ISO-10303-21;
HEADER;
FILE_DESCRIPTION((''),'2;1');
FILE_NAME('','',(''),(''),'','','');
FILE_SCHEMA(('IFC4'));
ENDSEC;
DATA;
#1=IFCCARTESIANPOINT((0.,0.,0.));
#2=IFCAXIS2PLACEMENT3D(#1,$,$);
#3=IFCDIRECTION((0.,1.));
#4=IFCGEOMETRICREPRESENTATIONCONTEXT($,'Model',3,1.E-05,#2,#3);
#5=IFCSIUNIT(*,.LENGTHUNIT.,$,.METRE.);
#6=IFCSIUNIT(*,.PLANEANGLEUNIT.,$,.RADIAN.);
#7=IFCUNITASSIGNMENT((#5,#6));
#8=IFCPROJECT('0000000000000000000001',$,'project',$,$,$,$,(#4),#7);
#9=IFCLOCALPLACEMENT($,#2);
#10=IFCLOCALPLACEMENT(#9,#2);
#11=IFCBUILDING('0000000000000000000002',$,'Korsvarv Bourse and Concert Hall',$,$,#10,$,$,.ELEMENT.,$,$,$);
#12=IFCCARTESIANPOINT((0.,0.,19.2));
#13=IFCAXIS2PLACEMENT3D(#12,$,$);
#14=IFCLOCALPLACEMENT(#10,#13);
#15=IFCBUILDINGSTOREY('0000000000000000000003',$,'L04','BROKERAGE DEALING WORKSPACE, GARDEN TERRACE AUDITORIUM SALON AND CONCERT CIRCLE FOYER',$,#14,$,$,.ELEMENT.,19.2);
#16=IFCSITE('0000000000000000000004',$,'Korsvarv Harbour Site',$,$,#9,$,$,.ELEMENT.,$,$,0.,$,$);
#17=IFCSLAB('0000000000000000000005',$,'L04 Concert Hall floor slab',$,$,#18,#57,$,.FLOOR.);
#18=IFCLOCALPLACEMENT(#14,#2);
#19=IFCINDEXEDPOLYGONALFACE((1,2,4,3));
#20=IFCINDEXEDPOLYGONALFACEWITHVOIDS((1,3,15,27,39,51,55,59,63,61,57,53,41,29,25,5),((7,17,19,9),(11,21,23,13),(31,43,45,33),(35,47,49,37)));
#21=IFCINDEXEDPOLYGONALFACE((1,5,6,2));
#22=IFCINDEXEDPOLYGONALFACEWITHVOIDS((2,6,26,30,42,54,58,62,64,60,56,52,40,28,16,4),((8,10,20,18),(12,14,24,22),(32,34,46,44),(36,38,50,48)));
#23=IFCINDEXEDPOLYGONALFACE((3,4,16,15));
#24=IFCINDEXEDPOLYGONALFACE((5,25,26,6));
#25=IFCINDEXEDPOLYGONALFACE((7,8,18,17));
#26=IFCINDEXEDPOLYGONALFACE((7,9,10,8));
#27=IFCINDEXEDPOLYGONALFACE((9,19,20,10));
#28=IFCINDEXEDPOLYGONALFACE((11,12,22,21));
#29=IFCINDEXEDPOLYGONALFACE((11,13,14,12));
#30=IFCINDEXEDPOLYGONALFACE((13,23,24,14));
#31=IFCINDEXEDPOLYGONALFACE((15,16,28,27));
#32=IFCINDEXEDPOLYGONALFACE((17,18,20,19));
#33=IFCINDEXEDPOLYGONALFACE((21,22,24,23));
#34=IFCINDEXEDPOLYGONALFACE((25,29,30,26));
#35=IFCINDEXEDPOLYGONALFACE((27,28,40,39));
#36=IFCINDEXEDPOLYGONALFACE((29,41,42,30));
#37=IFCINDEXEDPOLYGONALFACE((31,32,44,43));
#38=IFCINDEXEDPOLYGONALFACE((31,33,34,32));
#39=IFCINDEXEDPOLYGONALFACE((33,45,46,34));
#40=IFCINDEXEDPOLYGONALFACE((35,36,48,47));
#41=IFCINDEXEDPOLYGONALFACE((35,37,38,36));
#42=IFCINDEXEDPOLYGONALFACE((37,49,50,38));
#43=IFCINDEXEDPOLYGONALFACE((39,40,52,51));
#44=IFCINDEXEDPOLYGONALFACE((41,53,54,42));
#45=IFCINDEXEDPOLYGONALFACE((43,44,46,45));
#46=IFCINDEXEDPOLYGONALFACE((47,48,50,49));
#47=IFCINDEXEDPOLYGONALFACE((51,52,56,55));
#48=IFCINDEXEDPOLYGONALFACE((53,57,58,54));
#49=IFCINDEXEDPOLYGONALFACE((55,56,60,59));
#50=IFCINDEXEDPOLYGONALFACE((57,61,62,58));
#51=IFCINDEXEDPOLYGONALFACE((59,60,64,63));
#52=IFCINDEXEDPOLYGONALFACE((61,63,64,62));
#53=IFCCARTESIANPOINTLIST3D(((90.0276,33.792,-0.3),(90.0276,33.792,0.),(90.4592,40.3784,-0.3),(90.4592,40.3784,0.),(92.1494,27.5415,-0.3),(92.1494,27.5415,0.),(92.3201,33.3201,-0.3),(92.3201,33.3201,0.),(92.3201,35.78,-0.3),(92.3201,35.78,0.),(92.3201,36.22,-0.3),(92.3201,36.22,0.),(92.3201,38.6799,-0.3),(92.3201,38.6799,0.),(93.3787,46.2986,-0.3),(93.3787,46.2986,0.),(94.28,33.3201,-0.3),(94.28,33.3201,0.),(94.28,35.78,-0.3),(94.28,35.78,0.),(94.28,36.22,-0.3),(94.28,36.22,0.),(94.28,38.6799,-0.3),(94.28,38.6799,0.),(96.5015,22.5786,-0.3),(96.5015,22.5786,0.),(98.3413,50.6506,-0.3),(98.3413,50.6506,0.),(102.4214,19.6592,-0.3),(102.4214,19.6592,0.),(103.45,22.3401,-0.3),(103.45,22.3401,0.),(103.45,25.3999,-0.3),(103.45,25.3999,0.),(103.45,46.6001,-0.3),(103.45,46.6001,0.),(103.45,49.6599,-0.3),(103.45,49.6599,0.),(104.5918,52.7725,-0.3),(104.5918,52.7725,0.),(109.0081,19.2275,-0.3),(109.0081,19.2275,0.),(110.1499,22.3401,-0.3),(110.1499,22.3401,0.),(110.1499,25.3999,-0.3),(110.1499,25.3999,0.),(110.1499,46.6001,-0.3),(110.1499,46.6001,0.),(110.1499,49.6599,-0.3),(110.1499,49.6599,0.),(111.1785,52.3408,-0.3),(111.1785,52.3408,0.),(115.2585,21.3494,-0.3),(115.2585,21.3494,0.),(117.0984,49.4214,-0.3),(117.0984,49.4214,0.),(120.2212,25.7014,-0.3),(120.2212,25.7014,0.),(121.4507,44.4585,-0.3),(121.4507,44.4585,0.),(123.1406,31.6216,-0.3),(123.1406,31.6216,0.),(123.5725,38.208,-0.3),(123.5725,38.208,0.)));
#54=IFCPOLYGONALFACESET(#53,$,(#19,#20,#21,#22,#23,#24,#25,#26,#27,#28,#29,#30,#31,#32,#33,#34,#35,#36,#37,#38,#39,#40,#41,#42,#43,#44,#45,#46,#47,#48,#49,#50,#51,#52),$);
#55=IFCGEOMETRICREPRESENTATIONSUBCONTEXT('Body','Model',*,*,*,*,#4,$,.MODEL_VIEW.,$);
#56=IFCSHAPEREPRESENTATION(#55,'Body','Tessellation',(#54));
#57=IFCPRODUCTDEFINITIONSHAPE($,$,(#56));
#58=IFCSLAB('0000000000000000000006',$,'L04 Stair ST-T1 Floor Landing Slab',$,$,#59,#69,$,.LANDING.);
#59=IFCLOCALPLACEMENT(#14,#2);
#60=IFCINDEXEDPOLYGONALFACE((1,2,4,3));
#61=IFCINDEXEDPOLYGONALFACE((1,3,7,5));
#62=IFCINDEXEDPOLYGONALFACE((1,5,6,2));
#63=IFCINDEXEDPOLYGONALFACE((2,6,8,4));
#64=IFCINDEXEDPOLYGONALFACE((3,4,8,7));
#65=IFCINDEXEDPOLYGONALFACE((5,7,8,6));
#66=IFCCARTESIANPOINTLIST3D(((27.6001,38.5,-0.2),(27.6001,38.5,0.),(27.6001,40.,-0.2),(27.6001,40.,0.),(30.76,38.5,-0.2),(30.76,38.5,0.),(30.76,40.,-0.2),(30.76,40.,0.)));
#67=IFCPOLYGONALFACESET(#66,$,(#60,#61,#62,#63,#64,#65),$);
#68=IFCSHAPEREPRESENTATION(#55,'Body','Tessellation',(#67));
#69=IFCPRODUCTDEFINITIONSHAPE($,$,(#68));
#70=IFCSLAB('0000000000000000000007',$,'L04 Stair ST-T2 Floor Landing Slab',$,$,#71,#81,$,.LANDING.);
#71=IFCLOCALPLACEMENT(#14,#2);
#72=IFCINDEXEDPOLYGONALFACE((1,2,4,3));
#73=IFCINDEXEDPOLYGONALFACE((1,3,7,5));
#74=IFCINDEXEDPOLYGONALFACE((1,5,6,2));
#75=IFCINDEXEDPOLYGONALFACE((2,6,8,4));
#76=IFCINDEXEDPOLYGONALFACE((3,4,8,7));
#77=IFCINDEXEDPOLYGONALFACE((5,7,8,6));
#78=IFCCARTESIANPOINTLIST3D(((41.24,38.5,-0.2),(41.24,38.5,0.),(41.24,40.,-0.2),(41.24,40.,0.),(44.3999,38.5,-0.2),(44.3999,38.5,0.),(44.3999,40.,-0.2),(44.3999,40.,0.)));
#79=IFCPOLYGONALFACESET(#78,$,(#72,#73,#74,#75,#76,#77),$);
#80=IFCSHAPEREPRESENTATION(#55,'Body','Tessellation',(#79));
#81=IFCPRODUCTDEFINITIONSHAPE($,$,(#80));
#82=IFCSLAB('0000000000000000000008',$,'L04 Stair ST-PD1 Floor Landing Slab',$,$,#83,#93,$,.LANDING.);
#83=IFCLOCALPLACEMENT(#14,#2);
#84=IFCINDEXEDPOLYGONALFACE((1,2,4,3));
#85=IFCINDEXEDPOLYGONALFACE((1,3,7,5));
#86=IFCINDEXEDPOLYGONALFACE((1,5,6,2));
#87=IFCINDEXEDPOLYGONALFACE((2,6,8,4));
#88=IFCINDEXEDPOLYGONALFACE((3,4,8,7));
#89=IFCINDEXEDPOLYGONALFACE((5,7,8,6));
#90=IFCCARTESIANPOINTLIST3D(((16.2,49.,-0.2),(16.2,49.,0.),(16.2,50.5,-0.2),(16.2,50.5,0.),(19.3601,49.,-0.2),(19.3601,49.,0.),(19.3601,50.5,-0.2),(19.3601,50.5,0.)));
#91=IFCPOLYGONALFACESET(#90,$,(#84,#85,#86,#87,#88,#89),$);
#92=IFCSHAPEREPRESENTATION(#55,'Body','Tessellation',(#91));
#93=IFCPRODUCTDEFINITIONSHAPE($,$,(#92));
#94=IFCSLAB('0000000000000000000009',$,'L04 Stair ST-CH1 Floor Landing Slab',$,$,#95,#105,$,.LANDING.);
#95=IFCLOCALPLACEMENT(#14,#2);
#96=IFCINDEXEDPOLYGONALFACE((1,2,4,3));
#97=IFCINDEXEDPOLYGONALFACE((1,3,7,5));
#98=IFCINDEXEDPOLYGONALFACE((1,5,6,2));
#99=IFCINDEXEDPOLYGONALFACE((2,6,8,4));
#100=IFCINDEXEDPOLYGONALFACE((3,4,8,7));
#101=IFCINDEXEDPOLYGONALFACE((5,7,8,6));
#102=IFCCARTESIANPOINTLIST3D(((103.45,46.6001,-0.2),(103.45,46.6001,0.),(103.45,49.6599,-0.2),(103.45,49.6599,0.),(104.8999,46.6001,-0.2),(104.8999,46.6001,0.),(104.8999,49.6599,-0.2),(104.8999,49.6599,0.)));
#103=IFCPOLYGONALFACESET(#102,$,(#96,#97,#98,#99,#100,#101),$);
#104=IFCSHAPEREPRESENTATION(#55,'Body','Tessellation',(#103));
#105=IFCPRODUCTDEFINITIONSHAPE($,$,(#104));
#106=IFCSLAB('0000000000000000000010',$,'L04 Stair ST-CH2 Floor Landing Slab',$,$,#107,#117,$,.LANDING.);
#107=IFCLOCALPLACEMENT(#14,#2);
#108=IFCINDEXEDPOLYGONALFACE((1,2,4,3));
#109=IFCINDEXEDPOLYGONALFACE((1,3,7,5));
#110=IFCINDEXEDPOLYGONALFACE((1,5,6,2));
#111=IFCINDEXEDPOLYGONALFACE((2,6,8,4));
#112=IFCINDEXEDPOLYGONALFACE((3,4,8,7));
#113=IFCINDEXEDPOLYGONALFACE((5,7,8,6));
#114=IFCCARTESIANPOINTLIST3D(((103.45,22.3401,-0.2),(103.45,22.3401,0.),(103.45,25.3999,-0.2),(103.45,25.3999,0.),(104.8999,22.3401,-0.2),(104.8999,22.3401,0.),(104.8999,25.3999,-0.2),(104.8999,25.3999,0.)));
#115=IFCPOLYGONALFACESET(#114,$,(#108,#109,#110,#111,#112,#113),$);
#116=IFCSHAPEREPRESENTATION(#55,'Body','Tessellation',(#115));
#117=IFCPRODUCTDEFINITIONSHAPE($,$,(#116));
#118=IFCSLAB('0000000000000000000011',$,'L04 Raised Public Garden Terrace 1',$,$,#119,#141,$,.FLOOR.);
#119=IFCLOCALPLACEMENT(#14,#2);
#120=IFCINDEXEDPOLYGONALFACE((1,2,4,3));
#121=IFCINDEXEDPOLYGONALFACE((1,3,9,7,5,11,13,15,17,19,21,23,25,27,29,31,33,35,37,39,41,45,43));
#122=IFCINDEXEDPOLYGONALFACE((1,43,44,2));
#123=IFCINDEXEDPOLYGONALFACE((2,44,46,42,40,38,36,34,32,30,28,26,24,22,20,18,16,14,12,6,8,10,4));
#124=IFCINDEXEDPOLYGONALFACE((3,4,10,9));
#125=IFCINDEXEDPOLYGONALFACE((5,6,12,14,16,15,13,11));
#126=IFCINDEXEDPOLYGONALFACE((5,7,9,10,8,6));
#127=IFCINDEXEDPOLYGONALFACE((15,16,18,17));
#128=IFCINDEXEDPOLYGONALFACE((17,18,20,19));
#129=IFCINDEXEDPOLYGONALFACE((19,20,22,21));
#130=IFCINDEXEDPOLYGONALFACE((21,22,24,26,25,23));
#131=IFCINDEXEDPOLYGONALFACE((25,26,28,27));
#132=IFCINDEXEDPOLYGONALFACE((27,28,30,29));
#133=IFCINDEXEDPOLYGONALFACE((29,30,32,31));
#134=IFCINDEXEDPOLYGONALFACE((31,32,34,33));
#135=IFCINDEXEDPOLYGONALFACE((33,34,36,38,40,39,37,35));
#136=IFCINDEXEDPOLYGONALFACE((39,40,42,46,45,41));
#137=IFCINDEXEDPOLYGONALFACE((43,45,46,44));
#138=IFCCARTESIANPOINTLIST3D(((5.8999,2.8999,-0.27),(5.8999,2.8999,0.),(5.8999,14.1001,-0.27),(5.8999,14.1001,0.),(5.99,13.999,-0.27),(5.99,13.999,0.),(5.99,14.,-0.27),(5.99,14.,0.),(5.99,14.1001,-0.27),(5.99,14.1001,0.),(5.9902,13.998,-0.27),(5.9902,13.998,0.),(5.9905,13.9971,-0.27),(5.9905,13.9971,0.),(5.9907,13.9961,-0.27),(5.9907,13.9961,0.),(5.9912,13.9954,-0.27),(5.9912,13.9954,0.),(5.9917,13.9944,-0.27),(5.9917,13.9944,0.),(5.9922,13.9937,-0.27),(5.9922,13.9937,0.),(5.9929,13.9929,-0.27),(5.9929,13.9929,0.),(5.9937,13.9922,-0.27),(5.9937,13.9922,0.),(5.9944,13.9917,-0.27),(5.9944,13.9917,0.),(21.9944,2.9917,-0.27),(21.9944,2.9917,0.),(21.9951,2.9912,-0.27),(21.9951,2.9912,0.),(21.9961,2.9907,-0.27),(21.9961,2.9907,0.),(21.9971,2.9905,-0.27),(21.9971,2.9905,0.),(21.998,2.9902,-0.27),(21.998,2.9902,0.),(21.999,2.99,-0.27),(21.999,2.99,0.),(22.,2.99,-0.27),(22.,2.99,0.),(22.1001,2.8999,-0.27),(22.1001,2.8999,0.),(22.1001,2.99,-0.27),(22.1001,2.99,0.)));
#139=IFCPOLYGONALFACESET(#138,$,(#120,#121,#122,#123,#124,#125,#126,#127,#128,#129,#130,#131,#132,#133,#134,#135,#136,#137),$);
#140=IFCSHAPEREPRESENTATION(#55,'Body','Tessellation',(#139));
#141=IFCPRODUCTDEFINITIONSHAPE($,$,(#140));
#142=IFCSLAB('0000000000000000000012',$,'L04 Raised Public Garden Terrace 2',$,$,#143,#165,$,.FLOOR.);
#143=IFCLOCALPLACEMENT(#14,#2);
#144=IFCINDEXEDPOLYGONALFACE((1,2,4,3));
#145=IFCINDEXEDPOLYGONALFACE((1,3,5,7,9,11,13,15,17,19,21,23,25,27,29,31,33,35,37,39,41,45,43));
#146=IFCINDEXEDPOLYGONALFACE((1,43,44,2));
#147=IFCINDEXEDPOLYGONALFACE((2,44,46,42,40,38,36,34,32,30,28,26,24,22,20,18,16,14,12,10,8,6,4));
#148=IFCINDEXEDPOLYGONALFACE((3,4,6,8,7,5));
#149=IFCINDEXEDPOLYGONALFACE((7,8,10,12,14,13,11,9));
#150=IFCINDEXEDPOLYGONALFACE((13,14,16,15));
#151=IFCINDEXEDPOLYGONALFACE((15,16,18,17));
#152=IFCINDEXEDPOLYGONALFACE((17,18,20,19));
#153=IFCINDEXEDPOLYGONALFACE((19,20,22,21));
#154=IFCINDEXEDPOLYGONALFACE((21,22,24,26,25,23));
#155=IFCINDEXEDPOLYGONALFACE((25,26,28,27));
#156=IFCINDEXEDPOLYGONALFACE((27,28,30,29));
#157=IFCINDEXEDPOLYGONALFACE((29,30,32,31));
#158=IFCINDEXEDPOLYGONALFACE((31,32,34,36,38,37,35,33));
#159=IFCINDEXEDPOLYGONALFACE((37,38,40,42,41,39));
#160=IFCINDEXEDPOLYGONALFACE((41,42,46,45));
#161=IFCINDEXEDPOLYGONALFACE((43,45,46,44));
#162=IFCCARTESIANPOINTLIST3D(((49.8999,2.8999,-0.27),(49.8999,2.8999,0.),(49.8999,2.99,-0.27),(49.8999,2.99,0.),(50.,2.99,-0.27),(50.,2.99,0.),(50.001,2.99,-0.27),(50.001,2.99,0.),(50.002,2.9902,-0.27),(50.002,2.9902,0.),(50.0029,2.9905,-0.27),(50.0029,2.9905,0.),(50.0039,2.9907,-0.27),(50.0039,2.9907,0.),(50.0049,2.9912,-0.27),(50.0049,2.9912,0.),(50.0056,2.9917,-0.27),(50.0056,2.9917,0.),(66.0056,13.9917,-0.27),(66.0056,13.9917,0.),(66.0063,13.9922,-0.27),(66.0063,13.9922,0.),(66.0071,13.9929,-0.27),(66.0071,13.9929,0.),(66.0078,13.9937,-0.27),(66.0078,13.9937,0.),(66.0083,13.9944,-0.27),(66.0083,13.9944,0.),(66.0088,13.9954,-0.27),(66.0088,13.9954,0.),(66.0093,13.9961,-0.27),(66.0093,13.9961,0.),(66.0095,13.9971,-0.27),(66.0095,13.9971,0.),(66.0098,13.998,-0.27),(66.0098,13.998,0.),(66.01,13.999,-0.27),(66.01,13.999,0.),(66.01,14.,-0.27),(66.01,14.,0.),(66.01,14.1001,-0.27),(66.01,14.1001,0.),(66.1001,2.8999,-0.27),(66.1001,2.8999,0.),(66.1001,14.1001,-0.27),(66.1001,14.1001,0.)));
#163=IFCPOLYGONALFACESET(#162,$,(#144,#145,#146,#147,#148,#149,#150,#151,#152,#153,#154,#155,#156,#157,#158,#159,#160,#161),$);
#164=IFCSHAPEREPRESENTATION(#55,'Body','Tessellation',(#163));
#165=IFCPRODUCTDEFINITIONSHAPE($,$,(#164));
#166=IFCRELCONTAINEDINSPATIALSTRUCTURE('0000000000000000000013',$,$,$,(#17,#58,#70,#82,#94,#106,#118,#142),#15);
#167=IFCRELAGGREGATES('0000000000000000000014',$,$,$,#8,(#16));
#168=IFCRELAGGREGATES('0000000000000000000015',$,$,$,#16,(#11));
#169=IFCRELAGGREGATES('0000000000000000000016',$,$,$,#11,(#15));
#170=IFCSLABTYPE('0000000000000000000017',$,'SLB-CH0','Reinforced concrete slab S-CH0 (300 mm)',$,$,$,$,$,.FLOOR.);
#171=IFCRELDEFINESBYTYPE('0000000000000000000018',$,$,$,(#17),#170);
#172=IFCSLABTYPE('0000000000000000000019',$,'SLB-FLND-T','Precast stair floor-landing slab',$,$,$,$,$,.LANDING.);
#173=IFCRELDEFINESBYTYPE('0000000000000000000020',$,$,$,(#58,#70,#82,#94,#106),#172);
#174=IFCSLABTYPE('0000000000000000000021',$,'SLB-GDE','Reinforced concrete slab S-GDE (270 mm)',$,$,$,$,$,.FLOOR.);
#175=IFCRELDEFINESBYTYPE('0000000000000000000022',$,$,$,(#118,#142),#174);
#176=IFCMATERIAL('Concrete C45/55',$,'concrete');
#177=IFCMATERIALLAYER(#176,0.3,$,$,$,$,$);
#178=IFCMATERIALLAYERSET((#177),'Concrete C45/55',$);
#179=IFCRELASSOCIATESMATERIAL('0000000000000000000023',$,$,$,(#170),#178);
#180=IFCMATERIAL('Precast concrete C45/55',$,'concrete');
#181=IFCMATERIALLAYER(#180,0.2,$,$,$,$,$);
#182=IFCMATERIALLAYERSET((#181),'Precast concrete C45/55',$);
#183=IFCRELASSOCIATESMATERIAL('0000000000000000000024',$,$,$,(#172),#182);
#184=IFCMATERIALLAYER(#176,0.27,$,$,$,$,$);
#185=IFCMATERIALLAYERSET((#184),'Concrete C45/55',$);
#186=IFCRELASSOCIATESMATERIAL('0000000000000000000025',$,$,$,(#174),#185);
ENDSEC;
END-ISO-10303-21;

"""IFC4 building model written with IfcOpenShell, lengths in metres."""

from ifc_helpers import new_model, si_unit, direction, frame, origin, place, context, subcontext, project, spatial, polyline, outline, extrude, material, layer, layer_set, type_object, element, save


model = new_model("IFC4")

# Units and contexts
model_context = context("Model", 3, precision=1e-05, world=origin(), true_north=direction((0.0, 1.0)))
body_context = subcontext(model_context, "Body", "Model", "MODEL_VIEW")
ifc_project = project(units=[si_unit("LENGTHUNIT", "METRE"), si_unit("PLANEANGLEUNIT", "RADIAN")], contexts=[model_context])

# Site, building, storey
site_placement = place(None, origin())
site = spatial("IfcSite", under=ifc_project, at=site_placement, Name="Korsvarv Harbour Site", CompositionType="ELEMENT", RefElevation=0.0)
building_placement = place(site_placement, origin())
building = spatial("IfcBuilding", under=site, at=building_placement, Name="Korsvarv Bourse and Concert Hall", CompositionType="ELEMENT")
storey_placement = place(building_placement, frame((0.0, 0.0, 19.2)))
storey = spatial("IfcBuildingStorey", under=building, at=storey_placement, Name="L04", Description="BROKERAGE DEALING WORKSPACE, GARDEN TERRACE AUDITORIUM SALON AND CONCERT CIRCLE FOYER", CompositionType="ELEMENT", Elevation=19.2)

# Slabs
ifc_material_1 = material(Name="Concrete C45/55", Category="concrete")
ifc_layer_1 = layer(ifc_material_1, 0.3)
ifc_layer_set_1 = layer_set([ifc_layer_1], Name="Concrete C45/55")
slab_type_1 = type_object("IfcSlabType", Name="SLB-CH0", Description="Reinforced concrete slab S-CH0 (300 mm)", PredefinedType="FLOOR", material=ifc_layer_set_1)
slab_1_placement = place(storey_placement, frame((0.0, 0.0, -0.3)))
element("IfcSlab", 1, at=slab_1_placement, inside=storey, type_object=slab_type_1, Name="L04 Concert Hall floor slab", PredefinedType="FLOOR", context=body_context, shape_type="SweptSolid", body=[
    extrude(outline(polyline([(123.5725, 38.208), (121.4507, 44.4585), (117.0984, 49.4214), (111.1785, 52.3408), (104.5918, 52.7725), (98.3413, 50.6506), (93.3787, 46.2986), (90.4592, 40.3784), (90.0276, 33.792), (92.1494, 27.5415), (96.5015, 22.5786), (102.4214, 19.6592), (109.0081, 19.2275), (115.2585, 21.3494), (120.2212, 25.7014), (123.1406, 31.6216), (123.5725, 38.208)]), holes=[polyline([(103.45, 46.6001), (110.1499, 46.6001), (110.1499, 49.6599), (103.45, 49.6599), (103.45, 46.6001)]), polyline([(103.45, 22.3401), (110.1499, 22.3401), (110.1499, 25.3999), (103.45, 25.3999), (103.45, 22.3401)]), polyline([(92.3201, 36.22), (94.28, 36.22), (94.28, 38.6799), (92.3201, 38.6799), (92.3201, 36.22)]), polyline([(92.3201, 33.3201), (94.28, 33.3201), (94.28, 35.78), (92.3201, 35.78), (92.3201, 33.3201)])]), origin(), (0.0, 0.0, 1.0), 0.3),
])
ifc_material_2 = material(Name="Precast concrete C45/55", Category="concrete")
ifc_layer_2 = layer(ifc_material_2, 0.2)
ifc_layer_set_2 = layer_set([ifc_layer_2], Name="Precast concrete C45/55")
slab_type_2 = type_object("IfcSlabType", Name="SLB-FLND-T", Description="Precast stair floor-landing slab", PredefinedType="LANDING", material=ifc_layer_set_2)
slab_2_placement = place(storey_placement, frame((0.0, 0.0, -0.2)))
element("IfcSlab", 2, at=slab_2_placement, inside=storey, type_object=slab_type_2, Name="L04 Stair ST-T1 Floor Landing Slab", PredefinedType="LANDING", context=body_context, shape_type="SweptSolid", body=[
    extrude(outline(polyline([(30.76, 38.5), (30.76, 40.0), (27.6001, 40.0), (27.6001, 38.5), (30.76, 38.5)])), origin(), (0.0, 0.0, 1.0), 0.2),
])
slab_3_placement = place(storey_placement, frame((0.0, 0.0, -0.2)))
element("IfcSlab", 3, at=slab_3_placement, inside=storey, type_object=slab_type_2, Name="L04 Stair ST-T2 Floor Landing Slab", PredefinedType="LANDING", context=body_context, shape_type="SweptSolid", body=[
    extrude(outline(polyline([(44.3999, 38.5), (44.3999, 40.0), (41.24, 40.0), (41.24, 38.5), (44.3999, 38.5)])), origin(), (0.0, 0.0, 1.0), 0.2),
])
slab_4_placement = place(storey_placement, frame((0.0, 0.0, -0.2)))
element("IfcSlab", 4, at=slab_4_placement, inside=storey, type_object=slab_type_2, Name="L04 Stair ST-PD1 Floor Landing Slab", PredefinedType="LANDING", context=body_context, shape_type="SweptSolid", body=[
    extrude(outline(polyline([(19.3601, 49.0), (19.3601, 50.5), (16.2, 50.5), (16.2, 49.0), (19.3601, 49.0)])), origin(), (0.0, 0.0, 1.0), 0.2),
])
slab_5_placement = place(storey_placement, frame((0.0, 0.0, -0.2)))
element("IfcSlab", 5, at=slab_5_placement, inside=storey, type_object=slab_type_2, Name="L04 Stair ST-CH1 Floor Landing Slab", PredefinedType="LANDING", context=body_context, shape_type="SweptSolid", body=[
    extrude(outline(polyline([(103.45, 46.6001), (104.8999, 46.6001), (104.8999, 49.6599), (103.45, 49.6599), (103.45, 46.6001)])), origin(), (0.0, 0.0, 1.0), 0.2),
])
slab_6_placement = place(storey_placement, frame((0.0, 0.0, -0.2)))
element("IfcSlab", 6, at=slab_6_placement, inside=storey, type_object=slab_type_2, Name="L04 Stair ST-CH2 Floor Landing Slab", PredefinedType="LANDING", context=body_context, shape_type="SweptSolid", body=[
    extrude(outline(polyline([(103.45, 22.3401), (104.8999, 22.3401), (104.8999, 25.3999), (103.45, 25.3999), (103.45, 22.3401)])), origin(), (0.0, 0.0, 1.0), 0.2),
])
ifc_layer_3 = layer(ifc_material_1, 0.27)
ifc_layer_set_3 = layer_set([ifc_layer_3], Name="Concrete C45/55")
slab_type_3 = type_object("IfcSlabType", Name="SLB-GDE", Description="Reinforced concrete slab S-GDE (270 mm)", PredefinedType="FLOOR", material=ifc_layer_set_3)
slab_7_placement = place(storey_placement, frame((0.0, 0.0, -0.27)))
element("IfcSlab", 7, at=slab_7_placement, inside=storey, type_object=slab_type_3, Name="L04 Raised Public Garden Terrace 1", PredefinedType="FLOOR", context=body_context, shape_type="SweptSolid", body=[
    extrude(outline(polyline([(5.8999, 14.1001), (5.99, 14.1001), (5.99, 14.0), (5.99, 13.999), (5.9902, 13.998), (5.9905, 13.9971), (5.9907, 13.9961), (5.9912, 13.9954), (5.9917, 13.9944), (5.9922, 13.9937), (5.9929, 13.9929), (5.9937, 13.9922), (5.9944, 13.9917), (21.9944, 2.9917), (21.9951, 2.9912), (21.9961, 2.9907), (21.9971, 2.9905), (21.998, 2.9902), (21.999, 2.99), (22.0, 2.99), (22.1001, 2.99), (22.1001, 2.8999), (5.8999, 2.8999), (5.8999, 14.1001)])), origin(), (0.0, 0.0, 1.0), 0.27),
])
slab_8_placement = place(storey_placement, frame((0.0, 0.0, -0.27)))
element("IfcSlab", 8, at=slab_8_placement, inside=storey, type_object=slab_type_3, Name="L04 Raised Public Garden Terrace 2", PredefinedType="FLOOR", context=body_context, shape_type="SweptSolid", body=[
    extrude(outline(polyline([(66.1001, 2.8999), (49.8999, 2.8999), (49.8999, 2.99), (50.0, 2.99), (50.001, 2.99), (50.002, 2.9902), (50.0029, 2.9905), (50.0039, 2.9907), (50.0049, 2.9912), (50.0056, 2.9917), (66.0056, 13.9917), (66.0063, 13.9922), (66.0071, 13.9929), (66.0078, 13.9937), (66.0083, 13.9944), (66.0088, 13.9954), (66.0093, 13.9961), (66.0095, 13.9971), (66.0098, 13.998), (66.01, 13.999), (66.01, 14.0), (66.01, 14.1001), (66.1001, 14.1001), (66.1001, 2.8999)])), origin(), (0.0, 0.0, 1.0), 0.27),
])

save(model, "model.ifc")
